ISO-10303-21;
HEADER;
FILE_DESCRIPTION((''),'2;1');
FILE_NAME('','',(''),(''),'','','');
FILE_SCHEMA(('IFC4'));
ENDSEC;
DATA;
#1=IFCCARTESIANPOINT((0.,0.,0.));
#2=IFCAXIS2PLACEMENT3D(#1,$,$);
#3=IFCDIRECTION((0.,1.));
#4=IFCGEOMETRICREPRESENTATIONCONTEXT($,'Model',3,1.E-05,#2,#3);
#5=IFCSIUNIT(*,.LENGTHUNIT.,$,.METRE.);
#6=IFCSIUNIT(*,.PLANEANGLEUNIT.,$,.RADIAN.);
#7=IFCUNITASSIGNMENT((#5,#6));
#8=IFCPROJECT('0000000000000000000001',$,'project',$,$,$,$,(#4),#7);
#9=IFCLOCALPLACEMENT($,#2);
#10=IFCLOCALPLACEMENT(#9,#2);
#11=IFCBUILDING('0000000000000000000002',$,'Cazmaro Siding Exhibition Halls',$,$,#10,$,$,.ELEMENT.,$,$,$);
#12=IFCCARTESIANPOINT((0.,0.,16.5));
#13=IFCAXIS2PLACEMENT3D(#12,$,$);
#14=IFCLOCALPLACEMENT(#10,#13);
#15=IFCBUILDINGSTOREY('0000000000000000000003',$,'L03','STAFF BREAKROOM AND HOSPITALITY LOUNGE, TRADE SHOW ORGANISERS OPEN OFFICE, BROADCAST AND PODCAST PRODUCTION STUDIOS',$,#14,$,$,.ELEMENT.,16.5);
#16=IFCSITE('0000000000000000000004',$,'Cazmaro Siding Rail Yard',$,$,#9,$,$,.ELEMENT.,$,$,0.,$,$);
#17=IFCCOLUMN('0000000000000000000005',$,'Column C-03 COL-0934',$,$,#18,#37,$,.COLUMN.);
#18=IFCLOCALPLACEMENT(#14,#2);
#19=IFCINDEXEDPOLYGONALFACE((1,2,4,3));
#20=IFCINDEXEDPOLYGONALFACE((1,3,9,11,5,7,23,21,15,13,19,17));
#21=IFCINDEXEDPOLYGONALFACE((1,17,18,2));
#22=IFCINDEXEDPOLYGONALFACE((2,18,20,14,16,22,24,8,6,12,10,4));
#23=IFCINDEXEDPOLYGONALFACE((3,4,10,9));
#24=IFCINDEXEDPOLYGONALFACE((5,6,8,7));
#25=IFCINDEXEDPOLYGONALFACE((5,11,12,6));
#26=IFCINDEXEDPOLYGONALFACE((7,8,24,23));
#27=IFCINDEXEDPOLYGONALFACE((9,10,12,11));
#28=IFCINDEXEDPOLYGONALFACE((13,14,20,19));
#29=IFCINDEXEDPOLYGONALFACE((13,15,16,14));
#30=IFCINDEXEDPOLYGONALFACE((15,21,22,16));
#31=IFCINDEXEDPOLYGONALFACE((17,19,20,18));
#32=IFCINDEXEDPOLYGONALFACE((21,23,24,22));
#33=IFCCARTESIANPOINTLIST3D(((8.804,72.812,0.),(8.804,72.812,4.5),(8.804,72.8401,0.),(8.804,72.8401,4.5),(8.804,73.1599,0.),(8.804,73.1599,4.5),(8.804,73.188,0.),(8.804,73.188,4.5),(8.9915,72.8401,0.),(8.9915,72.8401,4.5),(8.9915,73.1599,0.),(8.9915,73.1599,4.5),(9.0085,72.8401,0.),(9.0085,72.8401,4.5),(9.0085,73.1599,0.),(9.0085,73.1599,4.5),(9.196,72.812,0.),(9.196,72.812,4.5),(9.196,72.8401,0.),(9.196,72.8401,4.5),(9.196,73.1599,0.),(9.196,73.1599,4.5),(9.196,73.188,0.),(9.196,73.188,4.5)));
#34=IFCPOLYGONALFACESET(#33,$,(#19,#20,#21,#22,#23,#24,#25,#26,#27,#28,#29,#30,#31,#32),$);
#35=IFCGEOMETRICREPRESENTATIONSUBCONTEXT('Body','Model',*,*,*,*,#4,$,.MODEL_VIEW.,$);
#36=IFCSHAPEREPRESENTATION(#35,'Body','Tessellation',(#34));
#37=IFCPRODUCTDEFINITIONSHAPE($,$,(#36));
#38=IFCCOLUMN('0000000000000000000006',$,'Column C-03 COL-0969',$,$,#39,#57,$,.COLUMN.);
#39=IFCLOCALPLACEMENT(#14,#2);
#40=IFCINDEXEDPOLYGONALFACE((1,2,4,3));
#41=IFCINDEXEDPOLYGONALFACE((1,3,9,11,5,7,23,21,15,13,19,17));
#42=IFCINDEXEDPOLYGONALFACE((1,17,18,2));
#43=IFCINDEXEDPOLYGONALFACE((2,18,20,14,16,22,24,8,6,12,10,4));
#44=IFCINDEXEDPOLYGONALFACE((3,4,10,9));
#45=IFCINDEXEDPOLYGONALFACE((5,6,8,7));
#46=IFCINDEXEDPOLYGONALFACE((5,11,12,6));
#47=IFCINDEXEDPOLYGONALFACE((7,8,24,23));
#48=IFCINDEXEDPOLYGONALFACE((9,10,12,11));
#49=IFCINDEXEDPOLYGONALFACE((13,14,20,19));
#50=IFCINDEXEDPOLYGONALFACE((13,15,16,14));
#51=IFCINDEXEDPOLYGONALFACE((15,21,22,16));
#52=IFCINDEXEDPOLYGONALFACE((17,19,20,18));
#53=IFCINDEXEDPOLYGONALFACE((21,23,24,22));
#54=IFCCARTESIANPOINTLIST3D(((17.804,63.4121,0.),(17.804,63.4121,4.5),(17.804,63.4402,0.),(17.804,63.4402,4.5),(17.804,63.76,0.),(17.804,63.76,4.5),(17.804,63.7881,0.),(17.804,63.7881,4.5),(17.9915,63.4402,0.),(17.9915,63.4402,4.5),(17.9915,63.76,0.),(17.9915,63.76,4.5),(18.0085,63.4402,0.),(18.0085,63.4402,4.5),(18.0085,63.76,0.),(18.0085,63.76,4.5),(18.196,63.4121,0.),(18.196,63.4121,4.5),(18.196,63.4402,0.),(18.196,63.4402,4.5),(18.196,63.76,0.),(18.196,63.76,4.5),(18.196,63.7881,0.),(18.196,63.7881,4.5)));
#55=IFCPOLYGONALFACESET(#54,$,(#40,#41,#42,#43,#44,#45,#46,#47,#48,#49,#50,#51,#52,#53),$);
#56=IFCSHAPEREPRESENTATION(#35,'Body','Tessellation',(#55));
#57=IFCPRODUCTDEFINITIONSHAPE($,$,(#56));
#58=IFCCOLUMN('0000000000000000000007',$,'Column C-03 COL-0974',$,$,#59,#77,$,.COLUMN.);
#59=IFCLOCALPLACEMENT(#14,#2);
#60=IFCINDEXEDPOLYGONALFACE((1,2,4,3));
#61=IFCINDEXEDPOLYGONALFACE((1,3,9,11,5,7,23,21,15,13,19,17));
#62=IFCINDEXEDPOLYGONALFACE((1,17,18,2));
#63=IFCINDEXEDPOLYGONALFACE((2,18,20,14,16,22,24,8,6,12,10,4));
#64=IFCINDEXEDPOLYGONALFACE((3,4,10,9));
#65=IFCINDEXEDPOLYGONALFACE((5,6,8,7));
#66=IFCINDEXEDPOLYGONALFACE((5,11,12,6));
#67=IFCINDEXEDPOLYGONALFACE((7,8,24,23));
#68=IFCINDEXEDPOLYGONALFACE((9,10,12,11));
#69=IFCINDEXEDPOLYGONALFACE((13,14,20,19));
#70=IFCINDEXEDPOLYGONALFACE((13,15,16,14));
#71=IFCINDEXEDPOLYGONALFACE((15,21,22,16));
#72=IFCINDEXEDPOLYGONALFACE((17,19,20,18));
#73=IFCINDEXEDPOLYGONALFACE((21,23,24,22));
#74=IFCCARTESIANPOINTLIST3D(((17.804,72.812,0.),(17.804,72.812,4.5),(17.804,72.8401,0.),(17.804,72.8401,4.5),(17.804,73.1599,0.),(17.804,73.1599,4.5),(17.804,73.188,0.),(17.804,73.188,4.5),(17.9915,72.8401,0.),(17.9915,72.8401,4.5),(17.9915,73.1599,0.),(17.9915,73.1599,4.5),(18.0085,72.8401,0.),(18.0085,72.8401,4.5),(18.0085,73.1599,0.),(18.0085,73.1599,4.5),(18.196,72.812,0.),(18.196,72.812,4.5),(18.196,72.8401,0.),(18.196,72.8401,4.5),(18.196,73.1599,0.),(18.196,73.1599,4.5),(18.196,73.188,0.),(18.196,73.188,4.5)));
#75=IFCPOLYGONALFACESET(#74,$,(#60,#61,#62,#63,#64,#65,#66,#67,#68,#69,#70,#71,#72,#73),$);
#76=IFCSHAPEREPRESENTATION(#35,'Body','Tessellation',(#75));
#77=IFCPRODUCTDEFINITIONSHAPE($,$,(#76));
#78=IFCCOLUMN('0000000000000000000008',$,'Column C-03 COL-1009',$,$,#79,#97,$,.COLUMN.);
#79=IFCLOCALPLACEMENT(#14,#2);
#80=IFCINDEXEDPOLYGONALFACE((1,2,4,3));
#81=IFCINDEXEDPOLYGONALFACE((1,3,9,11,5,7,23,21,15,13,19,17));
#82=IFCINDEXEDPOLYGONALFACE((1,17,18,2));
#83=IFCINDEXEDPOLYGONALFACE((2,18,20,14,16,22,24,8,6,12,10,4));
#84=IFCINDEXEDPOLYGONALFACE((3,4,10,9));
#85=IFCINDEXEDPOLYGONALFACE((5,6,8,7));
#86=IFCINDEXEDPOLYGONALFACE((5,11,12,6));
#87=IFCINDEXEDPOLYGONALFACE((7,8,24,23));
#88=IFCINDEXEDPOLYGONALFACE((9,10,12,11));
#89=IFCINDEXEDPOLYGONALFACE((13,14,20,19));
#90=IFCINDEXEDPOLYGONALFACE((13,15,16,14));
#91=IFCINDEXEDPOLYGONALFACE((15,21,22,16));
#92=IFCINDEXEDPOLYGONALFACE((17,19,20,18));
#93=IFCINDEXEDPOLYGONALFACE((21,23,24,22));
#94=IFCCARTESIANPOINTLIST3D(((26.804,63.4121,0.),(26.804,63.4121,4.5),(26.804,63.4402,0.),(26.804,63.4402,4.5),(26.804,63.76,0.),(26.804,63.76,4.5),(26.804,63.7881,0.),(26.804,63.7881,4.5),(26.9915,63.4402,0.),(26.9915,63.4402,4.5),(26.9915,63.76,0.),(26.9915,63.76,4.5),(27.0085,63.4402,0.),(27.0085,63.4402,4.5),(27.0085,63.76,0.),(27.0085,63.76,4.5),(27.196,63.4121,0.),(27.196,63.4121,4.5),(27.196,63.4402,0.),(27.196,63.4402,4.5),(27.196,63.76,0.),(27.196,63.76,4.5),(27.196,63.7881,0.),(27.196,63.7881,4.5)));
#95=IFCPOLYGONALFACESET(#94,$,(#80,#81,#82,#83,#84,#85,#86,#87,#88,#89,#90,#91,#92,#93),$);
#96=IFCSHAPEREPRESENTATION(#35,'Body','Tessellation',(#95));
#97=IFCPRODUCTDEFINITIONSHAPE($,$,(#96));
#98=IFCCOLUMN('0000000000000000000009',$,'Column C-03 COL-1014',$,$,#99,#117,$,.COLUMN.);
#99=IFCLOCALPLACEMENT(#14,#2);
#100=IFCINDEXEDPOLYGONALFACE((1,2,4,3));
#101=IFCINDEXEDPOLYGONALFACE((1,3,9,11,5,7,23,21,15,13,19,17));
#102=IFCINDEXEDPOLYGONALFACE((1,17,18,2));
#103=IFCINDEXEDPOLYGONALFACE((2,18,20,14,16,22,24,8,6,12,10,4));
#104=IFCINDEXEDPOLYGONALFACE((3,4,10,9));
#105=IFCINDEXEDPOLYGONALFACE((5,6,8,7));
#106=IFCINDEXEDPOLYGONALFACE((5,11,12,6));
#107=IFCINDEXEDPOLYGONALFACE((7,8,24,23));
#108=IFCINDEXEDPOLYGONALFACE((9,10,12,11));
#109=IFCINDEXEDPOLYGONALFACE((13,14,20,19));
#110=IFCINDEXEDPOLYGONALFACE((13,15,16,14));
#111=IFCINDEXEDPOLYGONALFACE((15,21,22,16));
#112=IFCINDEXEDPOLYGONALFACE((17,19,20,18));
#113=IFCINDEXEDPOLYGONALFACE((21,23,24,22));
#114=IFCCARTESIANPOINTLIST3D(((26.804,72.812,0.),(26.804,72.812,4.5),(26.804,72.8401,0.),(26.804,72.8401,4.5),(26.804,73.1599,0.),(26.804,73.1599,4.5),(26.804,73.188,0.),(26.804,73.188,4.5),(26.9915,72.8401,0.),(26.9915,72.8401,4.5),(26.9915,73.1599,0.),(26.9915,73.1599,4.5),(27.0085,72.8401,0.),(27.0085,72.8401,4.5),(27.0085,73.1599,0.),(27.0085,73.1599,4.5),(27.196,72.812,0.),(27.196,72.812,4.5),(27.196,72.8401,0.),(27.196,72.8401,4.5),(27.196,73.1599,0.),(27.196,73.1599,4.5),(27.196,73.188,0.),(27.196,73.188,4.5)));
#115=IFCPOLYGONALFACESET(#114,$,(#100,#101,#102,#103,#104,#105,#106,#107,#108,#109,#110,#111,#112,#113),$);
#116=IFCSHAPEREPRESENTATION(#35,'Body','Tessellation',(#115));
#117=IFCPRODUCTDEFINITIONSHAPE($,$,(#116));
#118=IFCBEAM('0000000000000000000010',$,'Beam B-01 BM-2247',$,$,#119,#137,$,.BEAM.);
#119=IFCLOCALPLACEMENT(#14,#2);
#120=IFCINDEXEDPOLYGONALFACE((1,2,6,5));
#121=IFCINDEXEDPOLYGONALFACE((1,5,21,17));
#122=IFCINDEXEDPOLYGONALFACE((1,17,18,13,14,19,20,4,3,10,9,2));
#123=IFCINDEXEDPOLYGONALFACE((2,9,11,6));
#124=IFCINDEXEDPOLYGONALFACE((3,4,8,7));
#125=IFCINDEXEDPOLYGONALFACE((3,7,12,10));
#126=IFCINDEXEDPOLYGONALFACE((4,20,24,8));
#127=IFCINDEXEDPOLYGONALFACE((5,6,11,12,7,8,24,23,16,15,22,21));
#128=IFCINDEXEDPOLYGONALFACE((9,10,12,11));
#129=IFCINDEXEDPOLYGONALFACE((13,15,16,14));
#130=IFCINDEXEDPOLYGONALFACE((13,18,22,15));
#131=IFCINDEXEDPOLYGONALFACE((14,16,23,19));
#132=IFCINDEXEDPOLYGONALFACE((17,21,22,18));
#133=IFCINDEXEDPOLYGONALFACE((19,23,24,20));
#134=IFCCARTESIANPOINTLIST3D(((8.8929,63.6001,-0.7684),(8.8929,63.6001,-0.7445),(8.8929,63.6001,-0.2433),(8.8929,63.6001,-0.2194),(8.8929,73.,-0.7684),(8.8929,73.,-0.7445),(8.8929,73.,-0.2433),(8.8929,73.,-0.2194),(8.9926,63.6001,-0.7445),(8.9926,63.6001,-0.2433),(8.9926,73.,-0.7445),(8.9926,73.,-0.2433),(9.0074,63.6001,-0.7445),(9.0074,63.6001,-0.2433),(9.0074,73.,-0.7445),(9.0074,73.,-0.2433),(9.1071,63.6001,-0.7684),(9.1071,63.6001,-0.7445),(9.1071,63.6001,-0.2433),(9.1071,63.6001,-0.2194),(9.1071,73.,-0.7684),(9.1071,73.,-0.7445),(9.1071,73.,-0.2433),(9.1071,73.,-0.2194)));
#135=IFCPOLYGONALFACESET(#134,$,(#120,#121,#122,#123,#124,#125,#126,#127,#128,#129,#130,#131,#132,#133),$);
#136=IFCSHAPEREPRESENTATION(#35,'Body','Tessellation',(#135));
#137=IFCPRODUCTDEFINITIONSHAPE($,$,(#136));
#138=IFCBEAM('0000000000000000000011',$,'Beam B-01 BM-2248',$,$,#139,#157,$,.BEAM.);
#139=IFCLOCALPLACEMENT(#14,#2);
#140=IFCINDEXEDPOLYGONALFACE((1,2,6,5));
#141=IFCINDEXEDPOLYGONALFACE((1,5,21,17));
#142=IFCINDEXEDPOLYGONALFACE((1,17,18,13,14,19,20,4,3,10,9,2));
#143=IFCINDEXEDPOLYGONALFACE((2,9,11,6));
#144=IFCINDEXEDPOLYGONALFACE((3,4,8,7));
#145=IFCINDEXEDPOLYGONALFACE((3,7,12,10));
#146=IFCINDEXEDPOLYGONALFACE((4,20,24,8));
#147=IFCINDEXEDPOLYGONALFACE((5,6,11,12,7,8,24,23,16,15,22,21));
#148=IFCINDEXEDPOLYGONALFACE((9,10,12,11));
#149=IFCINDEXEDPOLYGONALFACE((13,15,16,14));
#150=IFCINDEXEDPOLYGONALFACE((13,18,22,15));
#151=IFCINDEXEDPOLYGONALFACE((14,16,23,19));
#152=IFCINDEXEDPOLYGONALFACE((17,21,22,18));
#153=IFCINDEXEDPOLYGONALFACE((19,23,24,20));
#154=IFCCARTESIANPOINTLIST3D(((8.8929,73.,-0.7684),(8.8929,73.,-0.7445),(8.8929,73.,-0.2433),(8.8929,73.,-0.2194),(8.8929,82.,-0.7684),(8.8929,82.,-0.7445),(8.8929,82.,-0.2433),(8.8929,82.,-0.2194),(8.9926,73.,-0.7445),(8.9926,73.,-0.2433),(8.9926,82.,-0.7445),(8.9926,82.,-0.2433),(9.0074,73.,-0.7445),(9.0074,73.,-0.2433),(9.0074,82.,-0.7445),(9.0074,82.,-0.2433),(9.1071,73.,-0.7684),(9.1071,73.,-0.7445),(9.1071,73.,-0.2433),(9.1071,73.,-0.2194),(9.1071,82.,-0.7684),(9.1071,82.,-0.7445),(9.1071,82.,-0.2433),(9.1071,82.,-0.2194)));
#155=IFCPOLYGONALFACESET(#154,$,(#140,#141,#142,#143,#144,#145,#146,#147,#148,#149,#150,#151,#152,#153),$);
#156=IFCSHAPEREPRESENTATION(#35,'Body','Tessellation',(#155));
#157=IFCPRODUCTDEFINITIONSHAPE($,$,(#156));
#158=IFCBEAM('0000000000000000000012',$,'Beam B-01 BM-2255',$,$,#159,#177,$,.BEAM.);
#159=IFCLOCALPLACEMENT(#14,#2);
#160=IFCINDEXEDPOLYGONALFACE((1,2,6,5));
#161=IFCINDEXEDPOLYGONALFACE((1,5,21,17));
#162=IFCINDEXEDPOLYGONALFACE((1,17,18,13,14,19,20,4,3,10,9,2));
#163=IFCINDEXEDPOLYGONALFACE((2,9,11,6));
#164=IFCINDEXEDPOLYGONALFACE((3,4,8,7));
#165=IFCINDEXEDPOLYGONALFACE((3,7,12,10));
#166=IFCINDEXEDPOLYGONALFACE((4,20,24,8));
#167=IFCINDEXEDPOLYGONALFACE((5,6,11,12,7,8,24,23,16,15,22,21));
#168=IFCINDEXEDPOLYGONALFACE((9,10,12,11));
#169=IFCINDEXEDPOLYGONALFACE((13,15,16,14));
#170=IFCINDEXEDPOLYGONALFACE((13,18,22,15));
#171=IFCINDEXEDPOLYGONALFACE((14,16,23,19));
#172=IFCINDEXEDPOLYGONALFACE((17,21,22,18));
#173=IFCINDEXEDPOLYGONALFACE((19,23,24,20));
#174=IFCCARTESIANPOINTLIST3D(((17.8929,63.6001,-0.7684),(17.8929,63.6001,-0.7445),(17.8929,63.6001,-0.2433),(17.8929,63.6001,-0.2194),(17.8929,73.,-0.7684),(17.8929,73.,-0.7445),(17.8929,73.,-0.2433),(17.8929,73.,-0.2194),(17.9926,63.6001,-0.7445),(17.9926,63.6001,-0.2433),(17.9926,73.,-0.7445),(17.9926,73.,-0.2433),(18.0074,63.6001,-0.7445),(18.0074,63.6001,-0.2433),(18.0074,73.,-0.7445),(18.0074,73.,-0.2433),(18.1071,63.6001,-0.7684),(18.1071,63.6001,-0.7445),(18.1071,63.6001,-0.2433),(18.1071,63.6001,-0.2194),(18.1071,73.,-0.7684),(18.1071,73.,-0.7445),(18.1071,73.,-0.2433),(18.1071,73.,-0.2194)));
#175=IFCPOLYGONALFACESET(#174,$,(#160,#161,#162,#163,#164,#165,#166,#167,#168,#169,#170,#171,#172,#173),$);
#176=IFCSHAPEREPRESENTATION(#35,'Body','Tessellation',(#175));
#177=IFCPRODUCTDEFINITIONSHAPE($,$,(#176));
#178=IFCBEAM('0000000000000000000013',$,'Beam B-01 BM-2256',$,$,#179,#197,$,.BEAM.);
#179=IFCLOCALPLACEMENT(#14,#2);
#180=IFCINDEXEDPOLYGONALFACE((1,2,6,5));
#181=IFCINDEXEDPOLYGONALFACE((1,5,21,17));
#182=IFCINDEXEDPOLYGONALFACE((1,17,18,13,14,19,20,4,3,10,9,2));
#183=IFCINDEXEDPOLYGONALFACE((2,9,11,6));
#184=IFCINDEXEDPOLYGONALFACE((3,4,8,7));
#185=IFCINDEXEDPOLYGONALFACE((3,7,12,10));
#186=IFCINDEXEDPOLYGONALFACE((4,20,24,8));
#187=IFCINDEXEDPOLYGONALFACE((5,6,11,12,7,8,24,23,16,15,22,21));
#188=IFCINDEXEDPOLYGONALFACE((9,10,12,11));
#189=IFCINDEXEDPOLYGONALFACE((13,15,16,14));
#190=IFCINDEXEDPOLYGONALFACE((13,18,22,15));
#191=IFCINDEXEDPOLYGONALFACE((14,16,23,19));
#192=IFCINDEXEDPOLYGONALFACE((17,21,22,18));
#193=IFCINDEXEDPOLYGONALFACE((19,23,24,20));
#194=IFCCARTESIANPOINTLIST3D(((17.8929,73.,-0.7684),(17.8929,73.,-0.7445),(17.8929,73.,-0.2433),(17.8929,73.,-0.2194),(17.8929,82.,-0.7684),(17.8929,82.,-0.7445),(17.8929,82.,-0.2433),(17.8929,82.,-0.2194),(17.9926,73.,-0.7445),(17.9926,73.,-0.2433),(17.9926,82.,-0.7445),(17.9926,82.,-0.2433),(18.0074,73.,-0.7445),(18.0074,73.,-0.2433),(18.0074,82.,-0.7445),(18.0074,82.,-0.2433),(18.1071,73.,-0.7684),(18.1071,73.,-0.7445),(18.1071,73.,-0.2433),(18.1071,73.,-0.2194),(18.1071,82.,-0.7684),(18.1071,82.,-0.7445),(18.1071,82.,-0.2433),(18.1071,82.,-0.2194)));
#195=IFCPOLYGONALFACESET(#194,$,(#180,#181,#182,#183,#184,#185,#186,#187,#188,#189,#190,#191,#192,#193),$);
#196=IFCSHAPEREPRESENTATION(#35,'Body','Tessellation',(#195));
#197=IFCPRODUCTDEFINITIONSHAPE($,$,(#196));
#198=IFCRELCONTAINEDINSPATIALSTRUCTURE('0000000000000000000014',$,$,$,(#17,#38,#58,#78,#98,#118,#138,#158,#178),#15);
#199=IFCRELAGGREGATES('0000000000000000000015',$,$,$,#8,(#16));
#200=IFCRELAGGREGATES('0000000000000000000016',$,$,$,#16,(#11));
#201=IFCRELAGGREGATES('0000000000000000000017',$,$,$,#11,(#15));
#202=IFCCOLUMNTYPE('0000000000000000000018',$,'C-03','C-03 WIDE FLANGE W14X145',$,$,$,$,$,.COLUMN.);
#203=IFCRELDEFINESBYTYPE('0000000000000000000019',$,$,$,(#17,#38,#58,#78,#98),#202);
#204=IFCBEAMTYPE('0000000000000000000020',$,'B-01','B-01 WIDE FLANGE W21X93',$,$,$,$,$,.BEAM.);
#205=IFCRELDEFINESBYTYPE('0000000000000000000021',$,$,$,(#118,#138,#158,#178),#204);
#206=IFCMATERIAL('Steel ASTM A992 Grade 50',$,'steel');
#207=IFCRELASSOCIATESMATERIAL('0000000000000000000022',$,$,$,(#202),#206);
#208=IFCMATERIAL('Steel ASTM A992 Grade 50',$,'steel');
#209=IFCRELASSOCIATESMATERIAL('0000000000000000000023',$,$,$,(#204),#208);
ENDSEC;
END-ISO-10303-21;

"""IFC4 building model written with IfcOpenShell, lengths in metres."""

from ifc_helpers import new_model, si_unit, direction, frame, origin, origin_2d, place, context, subcontext, project, spatial, i_section, extrude, material, material_profile, profile_set, type_object, element, save


model = new_model("IFC4")

# Units and contexts
model_context = context("Model", 3, precision=1e-05, world=origin(), true_north=direction((0.0, 1.0)))
body_context = subcontext(model_context, "Body", "Model", "MODEL_VIEW")
ifc_project = project(units=[si_unit("LENGTHUNIT", "METRE"), si_unit("PLANEANGLEUNIT", "RADIAN")], contexts=[model_context])

# Site, building, storey
site_placement = place(None, origin())
site = spatial("IfcSite", under=ifc_project, at=site_placement, Name="Cazmaro Siding Rail Yard", CompositionType="ELEMENT", RefElevation=0.0)
building_placement = place(site_placement, origin())
building = spatial("IfcBuilding", under=site, at=building_placement, Name="Cazmaro Siding Exhibition Halls", CompositionType="ELEMENT")
storey_placement = place(building_placement, frame((0.0, 0.0, 16.5)))
storey = spatial("IfcBuildingStorey", under=building, at=storey_placement, Name="L03", Description="STAFF BREAKROOM AND HOSPITALITY LOUNGE, TRADE SHOW ORGANISERS OPEN OFFICE, BROADCAST AND PODCAST PRODUCTION STUDIOS", CompositionType="ELEMENT", Elevation=16.5)

# Columns
ifc_material_1 = material(Name="Steel ASTM A992 Grade 50", Category="steel")
ifc_material_profile_1 = material_profile(ifc_material_1, i_section(OverallWidth=0.3921, OverallDepth=0.376, WebThickness=0.0171, FlangeThickness=0.0281, at=origin_2d()), Name="W14X145")
ifc_profile_set_1 = profile_set([ifc_material_profile_1], Name="Steel ASTM A992 Grade 50")
column_type = type_object("IfcColumnType", Name="C-03", Description="C-03 WIDE FLANGE W14X145", PredefinedType="COLUMN", material=ifc_profile_set_1)
for number, where, z_axis, x_axis, name in (
    (1, (9.0, 73.0, 0.0), (0.0, 0.0, 1.0), (1.0, 0.0, 0.0), "Column C-03 COL-0934"),
    (2, (18.0, 63.6001, 0.0), (0.0, 0.0, 1.0), (1.0, 0.0, 0.0), "Column C-03 COL-0969"),
    (3, (18.0, 73.0, 0.0), (0.0, 0.0, 1.0), (1.0, 0.0, 0.0), "Column C-03 COL-0974"),
    (4, (27.0, 63.6001, 0.0), (0.0, 0.0, 1.0), (1.0, 0.0, 0.0), "Column C-03 COL-1009"),
    (5, (27.0, 73.0, 0.0), (0.0, 0.0, 1.0), (1.0, 0.0, 0.0), "Column C-03 COL-1014"),
):
    element("IfcColumn", number, at=place(storey_placement, frame(where, z_axis=z_axis, x_axis=x_axis)), inside=storey, type_object=column_type, Name=name, PredefinedType="COLUMN", context=body_context, shape_type="SweptSolid", body=[
        extrude(i_section(OverallWidth=0.3921, OverallDepth=0.376, WebThickness=0.0171, FlangeThickness=0.0281, at=origin_2d()), origin(), (0.0, 0.0, 1.0), 4.5),
    ])

# Beams
ifc_material_2 = material(Name="Steel ASTM A992 Grade 50", Category="steel")
ifc_material_profile_2 = material_profile(ifc_material_2, i_section(OverallWidth=0.2141, OverallDepth=0.5491, WebThickness=0.0149, FlangeThickness=0.0239, at=origin_2d()), Name="W21X93")
ifc_profile_set_2 = profile_set([ifc_material_profile_2], Name="Steel ASTM A992 Grade 50")
beam_type_1 = type_object("IfcBeamType", Name="B-01", Description="B-01 WIDE FLANGE W21X93", PredefinedType="BEAM", material=ifc_profile_set_2)
beam_1_placement = place(storey_placement, frame((9.0, 63.6001, -0.4939), z_axis=(0.0, 1.0, 0.0), x_axis=(-1.0, 0.0, 0.0)))
element("IfcBeam", 6, at=beam_1_placement, inside=storey, type_object=beam_type_1, Name="Beam B-01 BM-2247", PredefinedType="BEAM", context=body_context, shape_type="SweptSolid", body=[
    extrude(i_section(OverallWidth=0.2141, OverallDepth=0.5491, WebThickness=0.0149, FlangeThickness=0.0239, at=origin_2d()), origin(), (0.0, 0.0, 1.0), 9.3999),
])
beam_2_placement = place(storey_placement, frame((9.0, 73.0, -0.4939), z_axis=(0.0, 1.0, 0.0), x_axis=(-1.0, 0.0, 0.0)))
element("IfcBeam", 7, at=beam_2_placement, inside=storey, type_object=beam_type_1, Name="Beam B-01 BM-2248", PredefinedType="BEAM", context=body_context, shape_type="SweptSolid", body=[
    extrude(i_section(OverallWidth=0.2141, OverallDepth=0.5491, WebThickness=0.0149, FlangeThickness=0.0239, at=origin_2d()), origin(), (0.0, 0.0, 1.0), 9.0),
])
beam_3_placement = place(storey_placement, frame((18.0, 63.6001, -0.4939), z_axis=(0.0, 1.0, 0.0), x_axis=(-1.0, 0.0, 0.0)))
element("IfcBeam", 8, at=beam_3_placement, inside=storey, type_object=beam_type_1, Name="Beam B-01 BM-2255", PredefinedType="BEAM", context=body_context, shape_type="SweptSolid", body=[
    extrude(i_section(OverallWidth=0.2141, OverallDepth=0.5491, WebThickness=0.0149, FlangeThickness=0.0239, at=origin_2d()), origin(), (0.0, 0.0, 1.0), 9.3999),
])
beam_4_placement = place(storey_placement, frame((18.0, 73.0, -0.4939), z_axis=(0.0, 1.0, 0.0), x_axis=(-1.0, 0.0, 0.0)))
element("IfcBeam", 9, at=beam_4_placement, inside=storey, type_object=beam_type_1, Name="Beam B-01 BM-2256", PredefinedType="BEAM", context=body_context, shape_type="SweptSolid", body=[
    extrude(i_section(OverallWidth=0.2141, OverallDepth=0.5491, WebThickness=0.0149, FlangeThickness=0.0239, at=origin_2d()), origin(), (0.0, 0.0, 1.0), 9.0),
])

save(model, "model.ifc")
